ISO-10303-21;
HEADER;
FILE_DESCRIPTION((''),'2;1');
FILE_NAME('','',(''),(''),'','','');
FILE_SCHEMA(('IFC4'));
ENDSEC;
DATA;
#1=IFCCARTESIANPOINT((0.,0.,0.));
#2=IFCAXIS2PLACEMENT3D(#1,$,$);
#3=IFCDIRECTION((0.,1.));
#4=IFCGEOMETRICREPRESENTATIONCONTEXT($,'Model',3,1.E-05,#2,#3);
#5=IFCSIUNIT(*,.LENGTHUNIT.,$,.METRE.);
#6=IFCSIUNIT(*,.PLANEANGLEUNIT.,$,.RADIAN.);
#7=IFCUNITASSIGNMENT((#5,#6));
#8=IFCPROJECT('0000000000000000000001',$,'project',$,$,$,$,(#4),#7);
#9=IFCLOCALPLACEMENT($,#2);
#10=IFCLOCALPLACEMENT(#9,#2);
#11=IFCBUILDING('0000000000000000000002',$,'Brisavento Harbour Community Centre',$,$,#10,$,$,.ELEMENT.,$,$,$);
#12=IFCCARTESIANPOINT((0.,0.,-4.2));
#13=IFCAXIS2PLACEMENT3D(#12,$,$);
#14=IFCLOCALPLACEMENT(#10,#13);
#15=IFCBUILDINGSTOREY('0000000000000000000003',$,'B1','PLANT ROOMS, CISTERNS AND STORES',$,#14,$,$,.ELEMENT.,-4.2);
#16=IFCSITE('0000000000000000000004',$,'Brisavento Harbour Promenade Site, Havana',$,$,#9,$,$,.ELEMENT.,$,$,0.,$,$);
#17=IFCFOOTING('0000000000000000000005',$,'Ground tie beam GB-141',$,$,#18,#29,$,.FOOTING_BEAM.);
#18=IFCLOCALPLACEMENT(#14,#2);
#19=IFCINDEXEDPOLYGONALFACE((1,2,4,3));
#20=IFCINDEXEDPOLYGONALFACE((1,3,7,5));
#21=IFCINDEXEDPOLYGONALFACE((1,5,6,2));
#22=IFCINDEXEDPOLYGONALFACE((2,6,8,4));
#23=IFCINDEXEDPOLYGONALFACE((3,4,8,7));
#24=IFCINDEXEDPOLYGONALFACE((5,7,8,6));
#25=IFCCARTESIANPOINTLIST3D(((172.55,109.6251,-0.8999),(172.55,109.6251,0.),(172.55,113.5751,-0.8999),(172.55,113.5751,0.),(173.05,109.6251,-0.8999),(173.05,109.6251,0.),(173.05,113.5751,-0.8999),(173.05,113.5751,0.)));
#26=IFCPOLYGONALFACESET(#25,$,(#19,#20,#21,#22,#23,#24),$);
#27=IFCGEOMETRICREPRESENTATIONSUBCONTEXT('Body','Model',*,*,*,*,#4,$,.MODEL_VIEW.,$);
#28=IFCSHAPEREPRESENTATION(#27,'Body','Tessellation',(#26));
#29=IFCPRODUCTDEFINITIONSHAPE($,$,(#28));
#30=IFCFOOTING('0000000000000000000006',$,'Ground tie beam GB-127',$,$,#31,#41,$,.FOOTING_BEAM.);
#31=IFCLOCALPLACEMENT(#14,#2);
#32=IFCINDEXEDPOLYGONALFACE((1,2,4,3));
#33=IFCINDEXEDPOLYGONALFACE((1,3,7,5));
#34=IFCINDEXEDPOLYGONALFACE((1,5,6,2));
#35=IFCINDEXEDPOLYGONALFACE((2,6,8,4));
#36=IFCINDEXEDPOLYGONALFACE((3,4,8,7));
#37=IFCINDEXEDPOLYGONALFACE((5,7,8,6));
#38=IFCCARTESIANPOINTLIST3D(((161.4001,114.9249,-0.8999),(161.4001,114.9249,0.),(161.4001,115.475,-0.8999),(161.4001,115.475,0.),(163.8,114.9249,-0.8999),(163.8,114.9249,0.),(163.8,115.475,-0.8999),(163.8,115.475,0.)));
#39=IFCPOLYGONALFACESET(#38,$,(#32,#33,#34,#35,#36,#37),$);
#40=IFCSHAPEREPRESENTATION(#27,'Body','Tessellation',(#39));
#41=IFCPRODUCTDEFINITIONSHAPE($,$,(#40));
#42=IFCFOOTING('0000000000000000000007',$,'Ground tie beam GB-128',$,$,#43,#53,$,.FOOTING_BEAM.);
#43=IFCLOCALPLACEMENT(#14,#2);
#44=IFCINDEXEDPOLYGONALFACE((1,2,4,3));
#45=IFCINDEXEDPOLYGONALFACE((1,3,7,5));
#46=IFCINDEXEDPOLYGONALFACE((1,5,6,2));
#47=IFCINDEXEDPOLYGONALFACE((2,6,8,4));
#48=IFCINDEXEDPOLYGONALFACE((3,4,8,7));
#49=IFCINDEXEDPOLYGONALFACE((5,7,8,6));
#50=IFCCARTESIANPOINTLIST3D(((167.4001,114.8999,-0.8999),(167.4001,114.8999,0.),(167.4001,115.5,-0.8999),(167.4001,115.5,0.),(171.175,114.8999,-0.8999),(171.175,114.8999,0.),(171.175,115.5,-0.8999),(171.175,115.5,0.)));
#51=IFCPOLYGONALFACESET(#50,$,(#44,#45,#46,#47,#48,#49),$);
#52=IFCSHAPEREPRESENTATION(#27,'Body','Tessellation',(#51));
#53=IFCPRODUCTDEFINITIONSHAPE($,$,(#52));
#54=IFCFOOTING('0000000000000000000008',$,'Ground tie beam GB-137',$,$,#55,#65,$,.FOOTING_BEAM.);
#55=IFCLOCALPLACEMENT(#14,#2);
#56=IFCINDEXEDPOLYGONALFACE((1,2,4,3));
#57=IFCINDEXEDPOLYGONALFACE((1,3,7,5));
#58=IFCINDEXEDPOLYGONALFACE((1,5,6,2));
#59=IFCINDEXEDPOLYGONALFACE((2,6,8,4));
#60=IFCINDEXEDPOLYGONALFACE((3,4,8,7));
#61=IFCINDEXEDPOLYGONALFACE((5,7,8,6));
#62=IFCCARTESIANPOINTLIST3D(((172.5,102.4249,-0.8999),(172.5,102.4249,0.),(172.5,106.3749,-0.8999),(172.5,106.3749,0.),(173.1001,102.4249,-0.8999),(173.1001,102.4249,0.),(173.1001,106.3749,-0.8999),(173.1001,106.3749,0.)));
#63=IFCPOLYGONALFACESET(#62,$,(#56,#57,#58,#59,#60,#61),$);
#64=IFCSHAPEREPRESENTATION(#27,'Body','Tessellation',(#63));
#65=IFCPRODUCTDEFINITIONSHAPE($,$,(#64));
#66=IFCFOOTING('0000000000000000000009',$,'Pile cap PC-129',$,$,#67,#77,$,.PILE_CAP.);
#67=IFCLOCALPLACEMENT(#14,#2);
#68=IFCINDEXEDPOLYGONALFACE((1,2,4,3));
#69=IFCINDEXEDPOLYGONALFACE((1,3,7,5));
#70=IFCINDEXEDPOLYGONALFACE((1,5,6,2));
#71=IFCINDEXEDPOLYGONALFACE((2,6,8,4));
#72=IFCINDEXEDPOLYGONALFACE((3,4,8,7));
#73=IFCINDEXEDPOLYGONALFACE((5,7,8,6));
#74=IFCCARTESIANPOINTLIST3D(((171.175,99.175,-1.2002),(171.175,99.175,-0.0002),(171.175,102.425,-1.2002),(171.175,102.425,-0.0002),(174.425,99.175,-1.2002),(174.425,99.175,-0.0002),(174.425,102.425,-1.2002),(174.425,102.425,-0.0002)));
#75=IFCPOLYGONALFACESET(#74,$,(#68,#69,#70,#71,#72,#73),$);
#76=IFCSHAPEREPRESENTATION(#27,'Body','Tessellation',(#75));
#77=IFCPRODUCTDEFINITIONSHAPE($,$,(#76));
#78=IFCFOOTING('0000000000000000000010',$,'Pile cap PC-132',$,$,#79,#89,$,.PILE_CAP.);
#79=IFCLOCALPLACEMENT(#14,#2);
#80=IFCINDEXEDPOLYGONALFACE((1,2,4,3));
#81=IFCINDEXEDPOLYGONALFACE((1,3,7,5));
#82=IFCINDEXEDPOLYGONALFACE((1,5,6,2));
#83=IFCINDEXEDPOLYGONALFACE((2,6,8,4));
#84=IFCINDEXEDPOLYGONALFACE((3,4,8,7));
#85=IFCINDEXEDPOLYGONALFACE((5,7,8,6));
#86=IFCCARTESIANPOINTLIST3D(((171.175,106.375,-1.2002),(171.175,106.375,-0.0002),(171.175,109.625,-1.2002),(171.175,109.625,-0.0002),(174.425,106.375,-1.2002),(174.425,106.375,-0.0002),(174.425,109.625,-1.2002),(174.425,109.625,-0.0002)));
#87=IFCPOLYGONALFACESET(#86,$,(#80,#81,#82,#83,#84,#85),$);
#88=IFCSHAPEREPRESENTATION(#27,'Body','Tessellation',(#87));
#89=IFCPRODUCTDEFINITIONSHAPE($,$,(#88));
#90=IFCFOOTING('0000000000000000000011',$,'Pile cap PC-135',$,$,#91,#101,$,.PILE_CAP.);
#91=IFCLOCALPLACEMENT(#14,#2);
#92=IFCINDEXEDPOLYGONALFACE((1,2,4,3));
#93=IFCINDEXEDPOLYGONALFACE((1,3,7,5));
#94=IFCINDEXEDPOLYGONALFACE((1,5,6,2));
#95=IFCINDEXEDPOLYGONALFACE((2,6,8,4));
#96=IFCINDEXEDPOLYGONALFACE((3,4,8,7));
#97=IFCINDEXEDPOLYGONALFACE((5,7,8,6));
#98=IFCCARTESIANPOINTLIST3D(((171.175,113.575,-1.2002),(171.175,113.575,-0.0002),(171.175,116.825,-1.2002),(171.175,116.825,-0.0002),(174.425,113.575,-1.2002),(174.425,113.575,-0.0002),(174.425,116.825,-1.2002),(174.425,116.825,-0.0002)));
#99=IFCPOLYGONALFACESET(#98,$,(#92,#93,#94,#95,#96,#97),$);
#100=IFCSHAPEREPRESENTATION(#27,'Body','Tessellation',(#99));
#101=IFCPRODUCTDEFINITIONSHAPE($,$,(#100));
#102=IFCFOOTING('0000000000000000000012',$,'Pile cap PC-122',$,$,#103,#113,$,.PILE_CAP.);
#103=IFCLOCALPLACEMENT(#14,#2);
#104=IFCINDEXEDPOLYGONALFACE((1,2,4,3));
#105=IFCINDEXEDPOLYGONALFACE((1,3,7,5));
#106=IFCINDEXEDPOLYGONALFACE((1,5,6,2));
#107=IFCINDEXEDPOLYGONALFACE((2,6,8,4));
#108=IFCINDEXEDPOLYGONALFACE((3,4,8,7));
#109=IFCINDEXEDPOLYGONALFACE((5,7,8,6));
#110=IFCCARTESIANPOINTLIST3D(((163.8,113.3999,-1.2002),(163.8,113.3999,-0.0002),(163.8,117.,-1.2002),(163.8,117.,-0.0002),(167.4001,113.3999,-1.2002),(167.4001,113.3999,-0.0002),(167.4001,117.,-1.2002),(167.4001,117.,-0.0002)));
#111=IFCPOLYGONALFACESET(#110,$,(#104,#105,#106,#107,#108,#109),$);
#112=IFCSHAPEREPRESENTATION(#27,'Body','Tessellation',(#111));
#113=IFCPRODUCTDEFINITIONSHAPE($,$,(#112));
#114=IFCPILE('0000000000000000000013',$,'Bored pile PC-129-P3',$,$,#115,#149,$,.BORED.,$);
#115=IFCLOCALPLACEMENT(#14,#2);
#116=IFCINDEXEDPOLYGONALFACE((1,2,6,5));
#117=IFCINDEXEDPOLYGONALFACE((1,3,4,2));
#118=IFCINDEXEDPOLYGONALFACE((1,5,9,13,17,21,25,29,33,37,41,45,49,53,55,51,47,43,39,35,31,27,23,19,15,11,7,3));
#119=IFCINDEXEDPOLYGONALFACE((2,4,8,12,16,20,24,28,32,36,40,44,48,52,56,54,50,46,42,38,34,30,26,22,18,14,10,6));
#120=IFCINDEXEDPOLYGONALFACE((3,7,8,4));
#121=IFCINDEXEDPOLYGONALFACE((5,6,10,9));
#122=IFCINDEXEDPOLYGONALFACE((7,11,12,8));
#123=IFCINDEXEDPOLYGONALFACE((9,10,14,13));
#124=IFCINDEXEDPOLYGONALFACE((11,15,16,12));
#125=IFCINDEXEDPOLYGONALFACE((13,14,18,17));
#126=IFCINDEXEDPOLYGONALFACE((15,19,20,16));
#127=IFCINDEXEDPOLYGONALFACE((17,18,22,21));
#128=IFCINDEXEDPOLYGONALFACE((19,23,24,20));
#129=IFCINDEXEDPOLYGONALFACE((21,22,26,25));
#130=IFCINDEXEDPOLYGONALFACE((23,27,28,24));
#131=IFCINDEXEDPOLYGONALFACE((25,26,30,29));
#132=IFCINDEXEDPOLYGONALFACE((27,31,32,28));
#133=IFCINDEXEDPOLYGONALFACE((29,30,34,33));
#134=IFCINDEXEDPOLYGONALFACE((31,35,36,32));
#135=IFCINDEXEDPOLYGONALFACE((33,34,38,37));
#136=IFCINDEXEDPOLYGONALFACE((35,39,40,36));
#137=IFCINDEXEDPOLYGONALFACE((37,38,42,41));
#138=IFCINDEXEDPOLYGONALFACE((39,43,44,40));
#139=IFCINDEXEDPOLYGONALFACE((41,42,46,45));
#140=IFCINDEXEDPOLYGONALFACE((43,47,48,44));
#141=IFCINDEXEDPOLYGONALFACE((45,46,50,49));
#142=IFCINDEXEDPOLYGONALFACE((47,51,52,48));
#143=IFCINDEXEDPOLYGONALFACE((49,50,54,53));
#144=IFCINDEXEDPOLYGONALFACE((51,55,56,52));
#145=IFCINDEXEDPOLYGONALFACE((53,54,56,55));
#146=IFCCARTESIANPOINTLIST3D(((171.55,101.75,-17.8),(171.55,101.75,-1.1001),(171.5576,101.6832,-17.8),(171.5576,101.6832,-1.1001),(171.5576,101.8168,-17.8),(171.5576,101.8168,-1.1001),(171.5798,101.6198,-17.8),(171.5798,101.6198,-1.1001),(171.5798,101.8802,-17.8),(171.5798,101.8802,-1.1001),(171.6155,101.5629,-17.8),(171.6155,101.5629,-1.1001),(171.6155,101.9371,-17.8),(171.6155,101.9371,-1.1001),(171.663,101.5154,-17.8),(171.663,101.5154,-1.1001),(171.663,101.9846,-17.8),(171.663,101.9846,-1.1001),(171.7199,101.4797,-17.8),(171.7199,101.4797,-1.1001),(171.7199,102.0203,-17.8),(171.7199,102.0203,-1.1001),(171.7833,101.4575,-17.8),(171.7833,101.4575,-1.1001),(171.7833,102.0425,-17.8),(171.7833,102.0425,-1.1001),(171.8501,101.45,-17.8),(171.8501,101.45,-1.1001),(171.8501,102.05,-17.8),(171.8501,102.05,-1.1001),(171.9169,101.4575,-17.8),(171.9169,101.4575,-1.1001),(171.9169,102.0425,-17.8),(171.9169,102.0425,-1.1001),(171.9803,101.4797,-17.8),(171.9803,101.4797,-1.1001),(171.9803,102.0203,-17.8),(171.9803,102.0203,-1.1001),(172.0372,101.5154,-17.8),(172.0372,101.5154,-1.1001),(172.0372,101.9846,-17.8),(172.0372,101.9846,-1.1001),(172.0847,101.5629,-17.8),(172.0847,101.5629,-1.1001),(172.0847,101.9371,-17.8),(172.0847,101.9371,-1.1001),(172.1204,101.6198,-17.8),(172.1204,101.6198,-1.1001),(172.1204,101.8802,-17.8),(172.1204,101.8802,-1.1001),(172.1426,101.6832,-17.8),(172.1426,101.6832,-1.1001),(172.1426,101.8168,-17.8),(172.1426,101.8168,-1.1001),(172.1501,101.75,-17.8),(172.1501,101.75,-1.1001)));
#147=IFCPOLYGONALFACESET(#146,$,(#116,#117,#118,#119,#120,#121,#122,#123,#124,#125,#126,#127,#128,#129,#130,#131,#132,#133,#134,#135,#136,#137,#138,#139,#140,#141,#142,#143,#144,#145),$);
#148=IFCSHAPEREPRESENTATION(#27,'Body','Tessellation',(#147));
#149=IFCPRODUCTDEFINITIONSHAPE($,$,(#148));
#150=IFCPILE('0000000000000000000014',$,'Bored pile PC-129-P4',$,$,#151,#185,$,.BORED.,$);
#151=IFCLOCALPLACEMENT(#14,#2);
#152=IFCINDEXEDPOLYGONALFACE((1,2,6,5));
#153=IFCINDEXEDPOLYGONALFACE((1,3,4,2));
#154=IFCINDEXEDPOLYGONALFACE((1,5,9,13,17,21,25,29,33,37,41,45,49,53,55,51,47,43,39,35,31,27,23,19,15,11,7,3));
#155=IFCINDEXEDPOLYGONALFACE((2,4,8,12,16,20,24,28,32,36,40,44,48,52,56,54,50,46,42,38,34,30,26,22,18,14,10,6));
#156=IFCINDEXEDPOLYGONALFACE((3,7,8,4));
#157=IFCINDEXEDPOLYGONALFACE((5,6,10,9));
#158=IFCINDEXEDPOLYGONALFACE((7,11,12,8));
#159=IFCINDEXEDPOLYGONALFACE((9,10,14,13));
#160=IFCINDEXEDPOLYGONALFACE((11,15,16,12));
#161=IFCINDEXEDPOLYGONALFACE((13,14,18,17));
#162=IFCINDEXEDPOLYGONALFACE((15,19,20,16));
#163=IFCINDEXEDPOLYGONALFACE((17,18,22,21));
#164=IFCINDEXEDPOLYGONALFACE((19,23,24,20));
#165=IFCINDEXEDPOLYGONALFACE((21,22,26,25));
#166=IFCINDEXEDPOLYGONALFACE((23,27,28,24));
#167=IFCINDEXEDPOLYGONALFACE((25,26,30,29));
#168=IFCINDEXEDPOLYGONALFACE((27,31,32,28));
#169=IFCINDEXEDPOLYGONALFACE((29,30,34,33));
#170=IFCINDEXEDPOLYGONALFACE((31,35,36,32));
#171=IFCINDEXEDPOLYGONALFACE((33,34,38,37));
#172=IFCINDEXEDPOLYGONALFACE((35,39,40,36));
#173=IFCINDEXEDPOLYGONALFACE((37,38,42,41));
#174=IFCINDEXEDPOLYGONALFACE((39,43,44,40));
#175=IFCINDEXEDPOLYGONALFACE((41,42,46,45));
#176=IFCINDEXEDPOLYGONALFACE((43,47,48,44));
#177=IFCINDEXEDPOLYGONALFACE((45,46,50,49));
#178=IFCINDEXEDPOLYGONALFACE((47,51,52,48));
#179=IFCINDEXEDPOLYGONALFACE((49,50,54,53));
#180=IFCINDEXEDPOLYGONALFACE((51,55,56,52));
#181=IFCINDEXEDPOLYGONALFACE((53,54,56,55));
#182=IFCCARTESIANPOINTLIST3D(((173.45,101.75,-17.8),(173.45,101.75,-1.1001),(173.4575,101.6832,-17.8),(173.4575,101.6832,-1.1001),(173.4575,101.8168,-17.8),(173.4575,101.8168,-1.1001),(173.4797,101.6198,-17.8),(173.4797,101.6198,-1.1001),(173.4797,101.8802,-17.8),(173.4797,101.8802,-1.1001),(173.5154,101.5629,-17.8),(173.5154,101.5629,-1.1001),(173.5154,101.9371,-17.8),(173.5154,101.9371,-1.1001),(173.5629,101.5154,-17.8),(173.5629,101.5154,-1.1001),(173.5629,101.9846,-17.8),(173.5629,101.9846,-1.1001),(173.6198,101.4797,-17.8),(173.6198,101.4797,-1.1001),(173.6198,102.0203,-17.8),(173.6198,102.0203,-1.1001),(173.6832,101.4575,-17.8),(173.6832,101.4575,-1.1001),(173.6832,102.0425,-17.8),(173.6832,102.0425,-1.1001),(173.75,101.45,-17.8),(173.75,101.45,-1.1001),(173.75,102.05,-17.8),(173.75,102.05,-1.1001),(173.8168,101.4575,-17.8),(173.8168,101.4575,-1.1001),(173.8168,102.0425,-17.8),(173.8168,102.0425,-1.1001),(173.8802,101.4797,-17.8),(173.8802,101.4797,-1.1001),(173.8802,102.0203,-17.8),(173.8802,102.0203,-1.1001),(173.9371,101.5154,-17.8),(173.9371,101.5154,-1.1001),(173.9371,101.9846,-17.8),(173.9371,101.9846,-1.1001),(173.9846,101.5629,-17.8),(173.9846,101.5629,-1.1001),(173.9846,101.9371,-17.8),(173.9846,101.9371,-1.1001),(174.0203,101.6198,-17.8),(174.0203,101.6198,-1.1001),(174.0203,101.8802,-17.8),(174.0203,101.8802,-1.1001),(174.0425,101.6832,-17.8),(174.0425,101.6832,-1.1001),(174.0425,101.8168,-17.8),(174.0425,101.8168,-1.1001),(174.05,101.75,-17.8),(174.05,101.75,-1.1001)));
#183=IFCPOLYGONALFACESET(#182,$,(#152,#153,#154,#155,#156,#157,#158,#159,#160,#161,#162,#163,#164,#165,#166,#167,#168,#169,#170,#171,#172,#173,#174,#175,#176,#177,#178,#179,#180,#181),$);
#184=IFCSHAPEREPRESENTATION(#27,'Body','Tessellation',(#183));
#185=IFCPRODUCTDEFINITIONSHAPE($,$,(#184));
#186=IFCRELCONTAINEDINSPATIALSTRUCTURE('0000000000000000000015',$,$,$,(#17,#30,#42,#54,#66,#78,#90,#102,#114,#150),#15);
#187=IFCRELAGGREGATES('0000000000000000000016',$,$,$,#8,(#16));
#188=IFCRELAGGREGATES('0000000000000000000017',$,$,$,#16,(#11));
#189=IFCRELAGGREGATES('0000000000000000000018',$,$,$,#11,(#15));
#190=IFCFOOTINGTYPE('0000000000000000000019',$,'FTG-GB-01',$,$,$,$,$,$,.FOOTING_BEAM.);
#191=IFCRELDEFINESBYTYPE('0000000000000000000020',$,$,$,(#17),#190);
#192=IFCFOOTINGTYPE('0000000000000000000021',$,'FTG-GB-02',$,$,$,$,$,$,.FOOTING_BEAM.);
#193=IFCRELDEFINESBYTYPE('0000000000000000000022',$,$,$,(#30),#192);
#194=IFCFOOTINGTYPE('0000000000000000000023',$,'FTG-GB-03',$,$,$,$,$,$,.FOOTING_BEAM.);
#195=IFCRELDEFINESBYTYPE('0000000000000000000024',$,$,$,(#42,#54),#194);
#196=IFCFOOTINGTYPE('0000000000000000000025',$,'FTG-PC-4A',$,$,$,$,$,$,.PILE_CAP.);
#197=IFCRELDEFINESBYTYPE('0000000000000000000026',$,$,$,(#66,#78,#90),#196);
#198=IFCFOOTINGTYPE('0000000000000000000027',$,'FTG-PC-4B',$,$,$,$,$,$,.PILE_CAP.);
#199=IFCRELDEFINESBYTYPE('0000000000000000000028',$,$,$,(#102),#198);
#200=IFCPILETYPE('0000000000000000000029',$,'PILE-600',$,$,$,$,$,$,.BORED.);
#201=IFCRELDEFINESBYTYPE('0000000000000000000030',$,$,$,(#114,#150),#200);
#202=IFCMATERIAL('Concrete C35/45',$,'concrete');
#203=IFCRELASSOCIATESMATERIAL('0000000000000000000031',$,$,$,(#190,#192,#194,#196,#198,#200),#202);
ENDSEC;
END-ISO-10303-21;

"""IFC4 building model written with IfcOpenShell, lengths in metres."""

from ifc_helpers import new_model, si_unit, direction, frame, origin, origin_2d, place, context, subcontext, project, spatial, rectangle, circle, extrude, material, material_profile, profile_set, type_object, element, save


model = new_model("IFC4")

# Units and contexts
model_context = context("Model", 3, precision=1e-05, world=origin(), true_north=direction((0.0, 1.0)))
body_context = subcontext(model_context, "Body", "Model", "MODEL_VIEW")
ifc_project = project(units=[si_unit("LENGTHUNIT", "METRE"), si_unit("PLANEANGLEUNIT", "RADIAN")], contexts=[model_context])

# Site, building, storey
site_placement = place(None, origin())
site = spatial("IfcSite", under=ifc_project, at=site_placement, Name="Brisavento Harbour Promenade Site, Havana", CompositionType="ELEMENT", RefElevation=0.0)
building_placement = place(site_placement, origin())
building = spatial("IfcBuilding", under=site, at=building_placement, Name="Brisavento Harbour Community Centre", CompositionType="ELEMENT")
storey_placement = place(building_placement, frame((0.0, 0.0, -4.2)))
storey = spatial("IfcBuildingStorey", under=building, at=storey_placement, Name="B1", Description="PLANT ROOMS, CISTERNS AND STORES", CompositionType="ELEMENT", Elevation=-4.2)

# Footings
ifc_material_1 = material(Name="Concrete C35/45", Category="concrete")
footing_type_1 = type_object("IfcFootingType", Name="FTG-GB-01", PredefinedType="FOOTING_BEAM", material=ifc_material_1)
footing_1_placement = place(storey_placement, frame((172.8, 111.6001, -0.8999), z_axis=(0.0, 0.0, 1.0), x_axis=(1.0, 0.0, 0.0)))
element("IfcFooting", 1, at=footing_1_placement, inside=storey, type_object=footing_type_1, Name="Ground tie beam GB-141", PredefinedType="FOOTING_BEAM", context=body_context, shape_type="SweptSolid", body=[
    extrude(rectangle(XDim=0.5, YDim=3.95, at=origin_2d()), origin(), (0.0, 0.0, 1.0), 0.8999),
])
footing_type_2 = type_object("IfcFootingType", Name="FTG-GB-02", PredefinedType="FOOTING_BEAM", material=ifc_material_1)
footing_2_placement = place(storey_placement, frame((162.6001, 115.2, -0.8999), z_axis=(0.0, 0.0, 1.0), x_axis=(1.0, 0.0, 0.0)))
element("IfcFooting", 2, at=footing_2_placement, inside=storey, type_object=footing_type_2, Name="Ground tie beam GB-127", PredefinedType="FOOTING_BEAM", context=body_context, shape_type="SweptSolid", body=[
    extrude(rectangle(XDim=2.3999, YDim=0.55, at=origin_2d()), origin(), (0.0, 0.0, 1.0), 0.8999),
])
footing_type_3 = type_object("IfcFootingType", Name="FTG-GB-03", PredefinedType="FOOTING_BEAM", material=ifc_material_1)
footing_3_placement = place(storey_placement, frame((169.2876, 115.2, -0.8999), z_axis=(0.0, 0.0, 1.0), x_axis=(1.0, 0.0, 0.0)))
element("IfcFooting", 3, at=footing_3_placement, inside=storey, type_object=footing_type_3, Name="Ground tie beam GB-128", PredefinedType="FOOTING_BEAM", context=body_context, shape_type="SweptSolid", body=[
    extrude(rectangle(XDim=3.7749, YDim=0.6001, at=origin_2d()), origin(), (0.0, 0.0, 1.0), 0.8999),
])
footing_4_placement = place(storey_placement, frame((172.8, 104.3999, -0.8999), z_axis=(0.0, 0.0, 1.0), x_axis=(1.0, 0.0, 0.0)))
element("IfcFooting", 4, at=footing_4_placement, inside=storey, type_object=footing_type_3, Name="Ground tie beam GB-137", PredefinedType="FOOTING_BEAM", context=body_context, shape_type="SweptSolid", body=[
    extrude(rectangle(XDim=0.6001, YDim=3.95, at=origin_2d()), origin(), (0.0, 0.0, 1.0), 0.8999),
])
footing_type_4 = type_object("IfcFootingType", Name="FTG-PC-4A", PredefinedType="PILE_CAP", material=ifc_material_1)
for number, where, z_axis, x_axis, name in (
    (5, (172.8, 100.8, -1.2002), (0.0, 0.0, 1.0), (1.0, 0.0, 0.0), "Pile cap PC-129"),
    (6, (172.8, 108.0, -1.2002), (0.0, 0.0, 1.0), (1.0, 0.0, 0.0), "Pile cap PC-132"),
    (7, (172.8, 115.2, -1.2002), (0.0, 0.0, 1.0), (1.0, 0.0, 0.0), "Pile cap PC-135"),
):
    element("IfcFooting", number, at=place(storey_placement, frame(where, z_axis=z_axis, x_axis=x_axis)), inside=storey, type_object=footing_type_4, Name=name, PredefinedType="PILE_CAP", context=body_context, shape_type="SweptSolid", body=[
        extrude(rectangle(XDim=3.25, YDim=3.25, at=origin_2d()), origin(), (0.0, 0.0, 1.0), 1.2),
    ])
footing_type_5 = type_object("IfcFootingType", Name="FTG-PC-4B", PredefinedType="PILE_CAP", material=ifc_material_1)
footing_5_placement = place(storey_placement, frame((165.6001, 115.2, -1.2002), z_axis=(0.0, 0.0, 1.0), x_axis=(1.0, 0.0, 0.0)))
element("IfcFooting", 8, at=footing_5_placement, inside=storey, type_object=footing_type_5, Name="Pile cap PC-122", PredefinedType="PILE_CAP", context=body_context, shape_type="SweptSolid", body=[
    extrude(rectangle(XDim=3.6001, YDim=3.6001, at=origin_2d()), origin(), (0.0, 0.0, 1.0), 1.2),
])

# Piles
ifc_material_profile_1 = material_profile(ifc_material_1, circle(Radius=0.3, at=origin_2d()), Name="Concrete C35/45")
ifc_profile_set_1 = profile_set([ifc_material_profile_1], Name="Concrete C35/45")
pile_type_1 = type_object("IfcPileType", Name="PILE-600", PredefinedType="BORED", material=ifc_profile_set_1)
for number, where, z_axis, x_axis, name in (
    (9, (171.8501, 101.75, -1.1001), (0.0, 0.0, -1.0), (1.0, 0.0, 0.0), "Bored pile PC-129-P3"),
    (10, (173.75, 101.75, -1.1001), (0.0, 0.0, -1.0), (1.0, 0.0, 0.0), "Bored pile PC-129-P4"),
):
    element("IfcPile", number, at=place(storey_placement, frame(where, z_axis=z_axis, x_axis=x_axis)), inside=storey, type_object=pile_type_1, Name=name, PredefinedType="BORED", context=body_context, shape_type="SweptSolid", body=[
        extrude(circle(Radius=0.3, at=origin_2d()), origin(), (0.0, 0.0, 1.0), 16.7),
    ])

save(model, "model.ifc")
